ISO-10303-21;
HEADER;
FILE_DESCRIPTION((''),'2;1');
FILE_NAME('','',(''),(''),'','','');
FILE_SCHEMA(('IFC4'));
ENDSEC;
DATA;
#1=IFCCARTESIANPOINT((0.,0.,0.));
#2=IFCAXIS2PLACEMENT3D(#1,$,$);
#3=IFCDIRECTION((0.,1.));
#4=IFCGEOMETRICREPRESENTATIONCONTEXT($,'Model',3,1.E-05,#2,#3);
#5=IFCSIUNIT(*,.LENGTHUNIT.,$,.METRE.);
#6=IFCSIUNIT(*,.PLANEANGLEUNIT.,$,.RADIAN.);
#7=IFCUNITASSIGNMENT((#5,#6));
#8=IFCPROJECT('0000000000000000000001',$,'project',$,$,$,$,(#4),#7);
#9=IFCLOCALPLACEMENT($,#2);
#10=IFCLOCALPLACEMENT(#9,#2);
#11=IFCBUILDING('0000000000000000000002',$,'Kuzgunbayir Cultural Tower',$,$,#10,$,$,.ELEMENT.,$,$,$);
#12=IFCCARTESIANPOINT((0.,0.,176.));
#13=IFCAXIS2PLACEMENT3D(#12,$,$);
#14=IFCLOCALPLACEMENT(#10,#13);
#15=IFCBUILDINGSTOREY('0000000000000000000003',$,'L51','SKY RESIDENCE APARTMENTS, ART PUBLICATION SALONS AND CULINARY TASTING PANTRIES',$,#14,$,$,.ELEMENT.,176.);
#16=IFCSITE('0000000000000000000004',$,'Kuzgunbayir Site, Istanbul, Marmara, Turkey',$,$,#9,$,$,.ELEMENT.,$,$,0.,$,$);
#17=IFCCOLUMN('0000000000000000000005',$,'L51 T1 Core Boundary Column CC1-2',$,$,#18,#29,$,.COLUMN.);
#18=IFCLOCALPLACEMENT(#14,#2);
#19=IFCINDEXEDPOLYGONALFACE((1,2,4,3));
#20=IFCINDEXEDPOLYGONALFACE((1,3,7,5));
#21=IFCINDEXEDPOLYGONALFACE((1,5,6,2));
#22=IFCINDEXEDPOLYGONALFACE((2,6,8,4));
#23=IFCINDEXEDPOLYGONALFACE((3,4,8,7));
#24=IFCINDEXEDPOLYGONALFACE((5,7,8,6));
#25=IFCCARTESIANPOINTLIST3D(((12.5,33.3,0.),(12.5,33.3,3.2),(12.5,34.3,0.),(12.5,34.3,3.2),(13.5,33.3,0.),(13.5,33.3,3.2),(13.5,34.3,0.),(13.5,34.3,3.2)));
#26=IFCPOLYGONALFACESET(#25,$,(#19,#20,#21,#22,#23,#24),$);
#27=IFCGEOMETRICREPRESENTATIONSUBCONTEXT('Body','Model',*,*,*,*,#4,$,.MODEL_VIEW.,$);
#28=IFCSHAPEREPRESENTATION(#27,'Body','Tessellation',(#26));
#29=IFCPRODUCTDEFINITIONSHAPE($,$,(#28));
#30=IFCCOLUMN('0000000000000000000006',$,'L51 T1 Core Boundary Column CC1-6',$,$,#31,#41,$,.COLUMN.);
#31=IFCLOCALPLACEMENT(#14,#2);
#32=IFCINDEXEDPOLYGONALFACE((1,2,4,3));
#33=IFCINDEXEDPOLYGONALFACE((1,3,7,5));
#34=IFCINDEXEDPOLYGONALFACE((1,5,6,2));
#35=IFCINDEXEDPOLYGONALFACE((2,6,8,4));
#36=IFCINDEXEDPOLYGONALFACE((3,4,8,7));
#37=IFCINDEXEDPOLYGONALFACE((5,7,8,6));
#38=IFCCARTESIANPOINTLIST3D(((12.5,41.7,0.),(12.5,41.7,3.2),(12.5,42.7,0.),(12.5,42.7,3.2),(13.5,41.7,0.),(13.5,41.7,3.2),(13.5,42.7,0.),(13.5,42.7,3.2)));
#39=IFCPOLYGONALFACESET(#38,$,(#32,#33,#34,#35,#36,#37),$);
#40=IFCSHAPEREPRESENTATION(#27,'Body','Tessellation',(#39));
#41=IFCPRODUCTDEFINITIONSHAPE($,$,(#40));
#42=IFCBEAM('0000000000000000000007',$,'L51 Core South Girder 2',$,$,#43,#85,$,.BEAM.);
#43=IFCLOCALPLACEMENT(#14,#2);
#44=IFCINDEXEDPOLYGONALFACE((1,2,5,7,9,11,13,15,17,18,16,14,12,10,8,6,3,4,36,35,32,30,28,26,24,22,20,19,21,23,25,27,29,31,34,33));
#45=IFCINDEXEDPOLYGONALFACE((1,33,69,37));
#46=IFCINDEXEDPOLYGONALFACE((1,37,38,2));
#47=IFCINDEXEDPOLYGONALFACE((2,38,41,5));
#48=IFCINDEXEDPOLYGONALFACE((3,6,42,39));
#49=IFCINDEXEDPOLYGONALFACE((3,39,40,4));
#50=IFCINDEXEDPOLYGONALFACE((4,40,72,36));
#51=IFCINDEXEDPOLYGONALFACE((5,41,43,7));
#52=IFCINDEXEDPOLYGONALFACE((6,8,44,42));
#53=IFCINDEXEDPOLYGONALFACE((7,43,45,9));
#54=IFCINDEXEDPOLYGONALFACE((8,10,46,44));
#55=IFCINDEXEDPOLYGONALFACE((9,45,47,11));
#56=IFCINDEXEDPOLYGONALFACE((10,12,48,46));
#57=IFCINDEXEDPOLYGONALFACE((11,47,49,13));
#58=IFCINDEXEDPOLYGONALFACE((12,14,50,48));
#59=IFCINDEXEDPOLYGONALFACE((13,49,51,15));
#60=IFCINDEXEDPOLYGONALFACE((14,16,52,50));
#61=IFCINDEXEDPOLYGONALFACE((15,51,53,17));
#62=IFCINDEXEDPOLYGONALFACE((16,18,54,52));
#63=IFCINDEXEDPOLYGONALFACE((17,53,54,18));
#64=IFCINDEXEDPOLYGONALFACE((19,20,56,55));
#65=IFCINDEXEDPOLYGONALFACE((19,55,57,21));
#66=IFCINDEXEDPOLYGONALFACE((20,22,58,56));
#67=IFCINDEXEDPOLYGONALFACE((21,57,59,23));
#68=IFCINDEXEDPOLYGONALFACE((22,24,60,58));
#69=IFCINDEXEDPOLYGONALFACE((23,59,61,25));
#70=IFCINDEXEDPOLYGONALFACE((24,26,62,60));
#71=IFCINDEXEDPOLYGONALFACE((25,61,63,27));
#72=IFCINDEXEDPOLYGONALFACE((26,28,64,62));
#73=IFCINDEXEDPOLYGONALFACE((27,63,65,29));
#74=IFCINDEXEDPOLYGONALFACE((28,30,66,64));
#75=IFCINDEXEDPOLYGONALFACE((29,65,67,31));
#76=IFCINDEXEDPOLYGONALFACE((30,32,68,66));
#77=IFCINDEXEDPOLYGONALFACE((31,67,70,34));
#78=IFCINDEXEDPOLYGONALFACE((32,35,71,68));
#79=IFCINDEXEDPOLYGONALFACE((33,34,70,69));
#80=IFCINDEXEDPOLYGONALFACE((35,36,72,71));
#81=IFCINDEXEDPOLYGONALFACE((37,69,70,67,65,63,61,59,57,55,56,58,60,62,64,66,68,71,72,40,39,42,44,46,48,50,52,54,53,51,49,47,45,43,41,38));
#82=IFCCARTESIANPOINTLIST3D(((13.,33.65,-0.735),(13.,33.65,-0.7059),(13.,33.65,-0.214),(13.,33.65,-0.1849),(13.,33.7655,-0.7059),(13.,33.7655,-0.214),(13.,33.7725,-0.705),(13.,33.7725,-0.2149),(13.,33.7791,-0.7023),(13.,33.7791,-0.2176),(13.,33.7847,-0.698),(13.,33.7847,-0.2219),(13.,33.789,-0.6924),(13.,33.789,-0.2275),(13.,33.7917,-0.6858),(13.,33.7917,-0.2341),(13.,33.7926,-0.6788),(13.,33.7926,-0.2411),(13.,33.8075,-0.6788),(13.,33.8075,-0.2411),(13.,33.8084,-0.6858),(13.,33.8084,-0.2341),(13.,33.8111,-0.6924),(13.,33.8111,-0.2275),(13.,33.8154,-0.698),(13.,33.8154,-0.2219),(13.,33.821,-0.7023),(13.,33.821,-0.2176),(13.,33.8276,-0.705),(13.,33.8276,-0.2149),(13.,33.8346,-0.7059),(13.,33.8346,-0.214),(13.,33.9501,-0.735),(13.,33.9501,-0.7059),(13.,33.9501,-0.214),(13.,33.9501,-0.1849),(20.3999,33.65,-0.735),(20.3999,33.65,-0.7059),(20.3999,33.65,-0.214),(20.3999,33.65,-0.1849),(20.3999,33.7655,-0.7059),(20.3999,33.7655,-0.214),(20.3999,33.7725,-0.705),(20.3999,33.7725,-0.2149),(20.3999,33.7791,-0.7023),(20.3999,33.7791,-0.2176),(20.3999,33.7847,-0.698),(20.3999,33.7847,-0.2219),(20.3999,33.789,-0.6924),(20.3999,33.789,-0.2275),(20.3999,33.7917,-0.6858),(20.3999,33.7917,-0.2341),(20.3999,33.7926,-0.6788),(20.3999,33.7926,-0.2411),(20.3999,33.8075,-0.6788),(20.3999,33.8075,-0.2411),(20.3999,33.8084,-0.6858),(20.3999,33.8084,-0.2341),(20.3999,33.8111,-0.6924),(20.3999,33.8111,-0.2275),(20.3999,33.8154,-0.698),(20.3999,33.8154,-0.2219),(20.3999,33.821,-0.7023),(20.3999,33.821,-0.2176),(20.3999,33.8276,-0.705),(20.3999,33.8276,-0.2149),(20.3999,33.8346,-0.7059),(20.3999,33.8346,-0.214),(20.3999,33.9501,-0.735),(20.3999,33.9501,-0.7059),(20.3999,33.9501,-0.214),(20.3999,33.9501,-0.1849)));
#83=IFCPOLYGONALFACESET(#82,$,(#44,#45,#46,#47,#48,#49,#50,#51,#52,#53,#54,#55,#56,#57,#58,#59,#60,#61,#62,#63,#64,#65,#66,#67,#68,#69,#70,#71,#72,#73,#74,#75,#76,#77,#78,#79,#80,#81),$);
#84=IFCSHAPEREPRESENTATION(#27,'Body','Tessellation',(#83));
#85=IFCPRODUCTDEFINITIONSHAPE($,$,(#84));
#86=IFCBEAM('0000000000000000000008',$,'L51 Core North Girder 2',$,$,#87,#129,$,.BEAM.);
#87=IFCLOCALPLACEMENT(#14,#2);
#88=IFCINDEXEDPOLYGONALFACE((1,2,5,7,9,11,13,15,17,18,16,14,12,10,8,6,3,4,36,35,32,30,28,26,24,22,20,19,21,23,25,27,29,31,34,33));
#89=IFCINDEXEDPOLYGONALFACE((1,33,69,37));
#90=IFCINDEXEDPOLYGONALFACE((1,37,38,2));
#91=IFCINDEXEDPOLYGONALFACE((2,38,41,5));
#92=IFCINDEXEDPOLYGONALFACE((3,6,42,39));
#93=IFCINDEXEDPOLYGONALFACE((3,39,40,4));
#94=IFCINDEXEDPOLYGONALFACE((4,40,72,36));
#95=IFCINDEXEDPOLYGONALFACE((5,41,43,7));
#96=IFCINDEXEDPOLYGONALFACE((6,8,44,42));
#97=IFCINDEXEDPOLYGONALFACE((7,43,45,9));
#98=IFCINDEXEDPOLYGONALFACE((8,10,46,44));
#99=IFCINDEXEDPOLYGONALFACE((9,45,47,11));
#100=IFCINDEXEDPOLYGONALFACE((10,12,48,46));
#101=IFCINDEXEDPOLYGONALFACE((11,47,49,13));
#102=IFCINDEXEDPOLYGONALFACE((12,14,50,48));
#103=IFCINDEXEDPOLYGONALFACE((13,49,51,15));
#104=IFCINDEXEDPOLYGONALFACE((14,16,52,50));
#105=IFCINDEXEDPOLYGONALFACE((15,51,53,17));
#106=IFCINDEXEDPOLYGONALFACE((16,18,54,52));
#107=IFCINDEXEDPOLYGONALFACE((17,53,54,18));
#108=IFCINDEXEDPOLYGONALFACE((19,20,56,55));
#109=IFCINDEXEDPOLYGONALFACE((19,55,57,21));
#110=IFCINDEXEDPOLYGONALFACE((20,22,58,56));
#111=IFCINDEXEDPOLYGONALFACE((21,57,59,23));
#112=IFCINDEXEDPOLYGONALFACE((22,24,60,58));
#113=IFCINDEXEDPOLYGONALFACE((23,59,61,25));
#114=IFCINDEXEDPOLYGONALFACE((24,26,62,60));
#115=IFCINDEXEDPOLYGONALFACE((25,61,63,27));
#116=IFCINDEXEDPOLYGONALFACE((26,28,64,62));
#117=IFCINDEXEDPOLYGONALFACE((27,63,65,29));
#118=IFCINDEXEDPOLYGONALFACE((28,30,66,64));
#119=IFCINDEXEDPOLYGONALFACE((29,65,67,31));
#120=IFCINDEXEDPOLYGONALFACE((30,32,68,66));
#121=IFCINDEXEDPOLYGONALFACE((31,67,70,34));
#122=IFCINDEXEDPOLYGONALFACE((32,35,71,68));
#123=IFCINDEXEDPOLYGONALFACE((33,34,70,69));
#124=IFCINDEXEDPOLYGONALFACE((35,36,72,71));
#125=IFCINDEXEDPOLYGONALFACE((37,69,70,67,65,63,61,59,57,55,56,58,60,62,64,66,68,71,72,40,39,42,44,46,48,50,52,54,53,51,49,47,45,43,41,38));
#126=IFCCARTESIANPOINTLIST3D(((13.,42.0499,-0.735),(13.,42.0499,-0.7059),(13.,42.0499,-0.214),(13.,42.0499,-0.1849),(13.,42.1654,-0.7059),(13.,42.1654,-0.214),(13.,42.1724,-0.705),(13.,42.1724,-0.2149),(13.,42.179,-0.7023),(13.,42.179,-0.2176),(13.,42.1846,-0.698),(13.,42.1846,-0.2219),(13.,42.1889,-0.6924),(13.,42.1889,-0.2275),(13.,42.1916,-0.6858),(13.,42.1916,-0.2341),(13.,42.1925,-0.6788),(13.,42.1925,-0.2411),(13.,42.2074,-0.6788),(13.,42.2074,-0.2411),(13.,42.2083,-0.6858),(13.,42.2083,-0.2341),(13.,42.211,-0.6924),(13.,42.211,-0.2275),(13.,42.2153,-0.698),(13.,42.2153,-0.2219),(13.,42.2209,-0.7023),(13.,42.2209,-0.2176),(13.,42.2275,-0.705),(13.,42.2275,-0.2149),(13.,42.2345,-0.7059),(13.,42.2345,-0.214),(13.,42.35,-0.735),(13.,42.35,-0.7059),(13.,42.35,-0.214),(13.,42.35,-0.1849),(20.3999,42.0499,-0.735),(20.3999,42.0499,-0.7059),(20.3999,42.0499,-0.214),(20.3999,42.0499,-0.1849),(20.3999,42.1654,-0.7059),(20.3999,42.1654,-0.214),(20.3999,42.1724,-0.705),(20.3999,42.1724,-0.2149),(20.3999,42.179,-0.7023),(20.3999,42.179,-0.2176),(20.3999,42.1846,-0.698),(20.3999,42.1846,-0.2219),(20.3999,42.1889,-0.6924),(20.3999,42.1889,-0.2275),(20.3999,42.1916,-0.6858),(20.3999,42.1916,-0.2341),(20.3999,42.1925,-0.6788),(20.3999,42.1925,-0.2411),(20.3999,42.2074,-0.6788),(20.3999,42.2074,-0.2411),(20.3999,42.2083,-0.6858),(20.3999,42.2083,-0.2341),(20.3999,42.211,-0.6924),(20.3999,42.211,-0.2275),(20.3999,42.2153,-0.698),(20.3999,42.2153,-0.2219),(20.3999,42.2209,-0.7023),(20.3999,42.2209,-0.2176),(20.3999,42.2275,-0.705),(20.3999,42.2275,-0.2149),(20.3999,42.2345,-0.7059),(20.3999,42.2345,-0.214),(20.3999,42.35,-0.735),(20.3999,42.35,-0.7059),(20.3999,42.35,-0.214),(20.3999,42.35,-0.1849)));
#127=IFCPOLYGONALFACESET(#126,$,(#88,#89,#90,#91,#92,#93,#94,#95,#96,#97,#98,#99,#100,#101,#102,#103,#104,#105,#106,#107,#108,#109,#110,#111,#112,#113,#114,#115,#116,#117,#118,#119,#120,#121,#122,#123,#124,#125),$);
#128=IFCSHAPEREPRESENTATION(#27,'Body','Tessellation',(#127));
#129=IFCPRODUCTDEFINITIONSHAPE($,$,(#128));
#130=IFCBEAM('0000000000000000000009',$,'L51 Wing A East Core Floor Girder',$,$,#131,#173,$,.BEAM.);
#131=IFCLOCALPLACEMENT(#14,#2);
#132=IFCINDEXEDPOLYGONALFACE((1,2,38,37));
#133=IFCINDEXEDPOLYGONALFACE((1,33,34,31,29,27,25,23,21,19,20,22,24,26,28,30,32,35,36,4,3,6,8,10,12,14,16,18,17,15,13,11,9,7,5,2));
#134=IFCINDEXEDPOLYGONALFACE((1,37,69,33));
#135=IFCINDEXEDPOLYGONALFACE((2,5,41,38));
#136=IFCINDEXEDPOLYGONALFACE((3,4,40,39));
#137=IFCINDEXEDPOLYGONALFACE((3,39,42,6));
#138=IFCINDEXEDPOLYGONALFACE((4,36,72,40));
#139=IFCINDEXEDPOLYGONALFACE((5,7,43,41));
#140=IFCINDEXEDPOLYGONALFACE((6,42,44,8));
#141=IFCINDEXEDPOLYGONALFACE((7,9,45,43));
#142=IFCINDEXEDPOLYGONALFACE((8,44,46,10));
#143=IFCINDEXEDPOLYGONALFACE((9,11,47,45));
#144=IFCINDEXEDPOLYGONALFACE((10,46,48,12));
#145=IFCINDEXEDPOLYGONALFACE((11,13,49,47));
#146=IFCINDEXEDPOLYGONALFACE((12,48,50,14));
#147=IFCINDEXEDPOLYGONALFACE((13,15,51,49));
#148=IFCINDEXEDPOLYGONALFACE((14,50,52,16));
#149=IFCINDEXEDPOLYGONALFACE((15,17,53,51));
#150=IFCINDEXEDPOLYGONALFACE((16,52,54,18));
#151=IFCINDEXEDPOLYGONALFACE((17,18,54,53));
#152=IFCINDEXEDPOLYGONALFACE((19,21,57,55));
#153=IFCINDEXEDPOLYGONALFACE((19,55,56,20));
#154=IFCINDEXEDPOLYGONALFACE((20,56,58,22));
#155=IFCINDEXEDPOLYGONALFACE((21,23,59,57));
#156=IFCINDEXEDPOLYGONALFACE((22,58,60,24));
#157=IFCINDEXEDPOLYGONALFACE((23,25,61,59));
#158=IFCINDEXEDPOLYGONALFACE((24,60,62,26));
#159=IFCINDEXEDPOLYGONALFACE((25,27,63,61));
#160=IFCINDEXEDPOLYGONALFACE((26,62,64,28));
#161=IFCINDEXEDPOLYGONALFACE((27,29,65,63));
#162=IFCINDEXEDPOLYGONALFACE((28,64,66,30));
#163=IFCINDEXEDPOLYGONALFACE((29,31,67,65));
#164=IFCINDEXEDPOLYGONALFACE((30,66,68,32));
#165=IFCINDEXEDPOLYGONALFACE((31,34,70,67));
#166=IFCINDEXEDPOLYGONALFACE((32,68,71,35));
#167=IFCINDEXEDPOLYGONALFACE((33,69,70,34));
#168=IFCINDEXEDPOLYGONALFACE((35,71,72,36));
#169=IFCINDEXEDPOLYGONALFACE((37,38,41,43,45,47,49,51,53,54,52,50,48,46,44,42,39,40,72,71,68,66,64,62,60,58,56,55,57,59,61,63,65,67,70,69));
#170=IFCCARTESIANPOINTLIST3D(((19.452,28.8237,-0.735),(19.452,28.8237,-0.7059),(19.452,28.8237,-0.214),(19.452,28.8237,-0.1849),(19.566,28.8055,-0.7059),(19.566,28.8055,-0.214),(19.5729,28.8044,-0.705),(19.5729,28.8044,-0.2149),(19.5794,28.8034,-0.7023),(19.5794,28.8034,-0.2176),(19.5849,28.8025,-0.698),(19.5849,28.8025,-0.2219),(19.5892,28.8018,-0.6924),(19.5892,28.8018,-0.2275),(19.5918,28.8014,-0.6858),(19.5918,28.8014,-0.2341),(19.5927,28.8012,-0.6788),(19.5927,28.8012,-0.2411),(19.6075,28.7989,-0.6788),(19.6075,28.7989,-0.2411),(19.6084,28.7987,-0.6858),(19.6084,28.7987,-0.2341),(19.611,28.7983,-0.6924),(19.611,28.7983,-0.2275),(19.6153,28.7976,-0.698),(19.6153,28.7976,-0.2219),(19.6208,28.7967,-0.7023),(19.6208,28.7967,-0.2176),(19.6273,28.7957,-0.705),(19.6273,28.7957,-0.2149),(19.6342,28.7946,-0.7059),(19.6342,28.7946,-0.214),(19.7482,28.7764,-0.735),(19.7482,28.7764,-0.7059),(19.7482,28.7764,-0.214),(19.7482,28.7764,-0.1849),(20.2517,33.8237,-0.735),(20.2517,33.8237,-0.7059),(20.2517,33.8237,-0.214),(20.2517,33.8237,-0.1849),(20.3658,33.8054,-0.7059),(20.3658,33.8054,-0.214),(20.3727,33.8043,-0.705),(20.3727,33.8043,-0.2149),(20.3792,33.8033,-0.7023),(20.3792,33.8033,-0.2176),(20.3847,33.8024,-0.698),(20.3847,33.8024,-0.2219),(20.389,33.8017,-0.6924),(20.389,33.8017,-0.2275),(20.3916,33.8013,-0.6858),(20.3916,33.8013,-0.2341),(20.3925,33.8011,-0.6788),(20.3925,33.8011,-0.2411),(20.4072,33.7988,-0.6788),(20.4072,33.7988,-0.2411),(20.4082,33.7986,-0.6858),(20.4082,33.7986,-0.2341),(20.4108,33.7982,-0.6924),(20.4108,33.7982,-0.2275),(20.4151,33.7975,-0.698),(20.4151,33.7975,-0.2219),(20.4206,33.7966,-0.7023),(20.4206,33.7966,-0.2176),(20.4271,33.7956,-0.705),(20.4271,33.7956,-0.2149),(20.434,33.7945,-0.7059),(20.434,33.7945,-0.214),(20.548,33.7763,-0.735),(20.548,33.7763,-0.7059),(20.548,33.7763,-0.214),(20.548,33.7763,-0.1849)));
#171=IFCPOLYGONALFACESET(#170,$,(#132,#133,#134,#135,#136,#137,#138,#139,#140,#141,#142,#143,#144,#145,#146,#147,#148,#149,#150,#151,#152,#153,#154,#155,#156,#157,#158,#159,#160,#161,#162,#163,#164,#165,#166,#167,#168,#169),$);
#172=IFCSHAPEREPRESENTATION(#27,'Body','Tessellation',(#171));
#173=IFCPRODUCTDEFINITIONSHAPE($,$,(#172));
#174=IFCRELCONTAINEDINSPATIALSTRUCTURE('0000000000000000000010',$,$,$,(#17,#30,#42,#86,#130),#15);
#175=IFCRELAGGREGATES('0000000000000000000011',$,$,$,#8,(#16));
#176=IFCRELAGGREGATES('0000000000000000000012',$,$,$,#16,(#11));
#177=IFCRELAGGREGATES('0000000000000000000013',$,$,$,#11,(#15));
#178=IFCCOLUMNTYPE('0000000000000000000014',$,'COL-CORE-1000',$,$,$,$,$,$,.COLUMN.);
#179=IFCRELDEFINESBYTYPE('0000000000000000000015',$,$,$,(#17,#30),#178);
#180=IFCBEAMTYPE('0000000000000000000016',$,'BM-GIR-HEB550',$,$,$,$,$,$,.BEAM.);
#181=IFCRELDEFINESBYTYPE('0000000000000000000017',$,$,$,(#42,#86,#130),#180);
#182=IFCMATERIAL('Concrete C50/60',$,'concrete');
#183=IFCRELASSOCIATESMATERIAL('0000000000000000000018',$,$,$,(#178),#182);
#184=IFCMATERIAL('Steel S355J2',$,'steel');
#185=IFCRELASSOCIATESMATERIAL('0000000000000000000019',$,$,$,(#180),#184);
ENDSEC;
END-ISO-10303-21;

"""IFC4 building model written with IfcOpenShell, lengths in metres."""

from ifc_helpers import new_model, si_unit, direction, frame, origin, origin_2d, place, context, subcontext, project, spatial, rectangle, i_section, extrude, material, material_profile, profile_set, type_object, element, save


model = new_model("IFC4")

# Units and contexts
model_context = context("Model", 3, precision=1e-05, world=origin(), true_north=direction((0.0, 1.0)))
body_context = subcontext(model_context, "Body", "Model", "MODEL_VIEW")
ifc_project = project(units=[si_unit("LENGTHUNIT", "METRE"), si_unit("PLANEANGLEUNIT", "RADIAN")], contexts=[model_context])

# Site, building, storey
site_placement = place(None, origin())
site = spatial("IfcSite", under=ifc_project, at=site_placement, Name="Kuzgunbayir Site, Istanbul, Marmara, Turkey", CompositionType="ELEMENT", RefElevation=0.0)
building_placement = place(site_placement, origin())
building = spatial("IfcBuilding", under=site, at=building_placement, Name="Kuzgunbayir Cultural Tower", CompositionType="ELEMENT")
storey_placement = place(building_placement, frame((0.0, 0.0, 176.0)))
storey = spatial("IfcBuildingStorey", under=building, at=storey_placement, Name="L51", Description="SKY RESIDENCE APARTMENTS, ART PUBLICATION SALONS AND CULINARY TASTING PANTRIES", CompositionType="ELEMENT", Elevation=176.0)

# Columns
ifc_material_1 = material(Name="Concrete C50/60", Category="concrete")
ifc_material_profile_1 = material_profile(ifc_material_1, rectangle(XDim=1.0, YDim=1.0, at=origin_2d()), Name="RC 1000x1000")
ifc_profile_set_1 = profile_set([ifc_material_profile_1], Name="Concrete C50/60")
column_type = type_object("IfcColumnType", Name="COL-CORE-1000", PredefinedType="COLUMN", material=ifc_profile_set_1)
for number, where, z_axis, x_axis, name in (
    (1, (13.0, 33.8, 0.0), (0.0, 0.0, 1.0), (1.0, 0.0, 0.0), "L51 T1 Core Boundary Column CC1-2"),
    (2, (13.0, 42.2, 0.0), (0.0, 0.0, 1.0), (1.0, 0.0, 0.0), "L51 T1 Core Boundary Column CC1-6"),
):
    element("IfcColumn", number, at=place(storey_placement, frame(where, z_axis=z_axis, x_axis=x_axis)), inside=storey, type_object=column_type, Name=name, PredefinedType="COLUMN", context=body_context, shape_type="SweptSolid", body=[
        extrude(rectangle(XDim=1.0, YDim=1.0, at=origin_2d()), origin(), (0.0, 0.0, 1.0), 3.2),
    ])

# Beams
ifc_material_2 = material(Name="Steel S355J2", Category="steel")
ifc_material_profile_2 = material_profile(ifc_material_2, i_section(OverallWidth=0.3, OverallDepth=0.55, WebThickness=0.0149, FlangeThickness=0.0291, FilletRadius=0.0271, at=origin_2d()), Name="HEB 550")
ifc_profile_set_2 = profile_set([ifc_material_profile_2], Name="Steel S355J2")
beam_type = type_object("IfcBeamType", Name="BM-GIR-HEB550", PredefinedType="BEAM", material=ifc_profile_set_2)
for number, where, z_axis, x_axis, name in (
    (3, (13.0, 33.8, -0.46), (1.0, 0.0, 0.0), (0.0, 1.0, 0.0), "L51 Core South Girder 2"),
    (4, (13.0, 42.2, -0.46), (1.0, 0.0, 0.0), (0.0, 1.0, 0.0), "L51 Core North Girder 2"),
):
    element("IfcBeam", number, at=place(storey_placement, frame(where, z_axis=z_axis, x_axis=x_axis)), inside=storey, type_object=beam_type, Name=name, PredefinedType="BEAM", context=body_context, shape_type="SweptSolid", body=[
        extrude(i_section(OverallWidth=0.3, OverallDepth=0.55, WebThickness=0.0149, FlangeThickness=0.0291, FilletRadius=0.0271, at=origin_2d()), origin(), (0.0, 0.0, 1.0), 7.3999),
    ])
beam_1_placement = place(storey_placement, frame((19.6001, 28.8, -0.46), z_axis=(0.157953, 0.987447, 0.0), x_axis=(-0.987447, 0.157953, 0.0)))
element("IfcBeam", 5, at=beam_1_placement, inside=storey, type_object=beam_type, Name="L51 Wing A East Core Floor Girder", PredefinedType="BEAM", context=body_context, shape_type="SweptSolid", body=[
    extrude(i_section(OverallWidth=0.3, OverallDepth=0.55, WebThickness=0.0149, FlangeThickness=0.0291, FilletRadius=0.0271, at=origin_2d()), origin(), (0.0, 0.0, 1.0), 5.0635),
])

save(model, "model.ifc")
